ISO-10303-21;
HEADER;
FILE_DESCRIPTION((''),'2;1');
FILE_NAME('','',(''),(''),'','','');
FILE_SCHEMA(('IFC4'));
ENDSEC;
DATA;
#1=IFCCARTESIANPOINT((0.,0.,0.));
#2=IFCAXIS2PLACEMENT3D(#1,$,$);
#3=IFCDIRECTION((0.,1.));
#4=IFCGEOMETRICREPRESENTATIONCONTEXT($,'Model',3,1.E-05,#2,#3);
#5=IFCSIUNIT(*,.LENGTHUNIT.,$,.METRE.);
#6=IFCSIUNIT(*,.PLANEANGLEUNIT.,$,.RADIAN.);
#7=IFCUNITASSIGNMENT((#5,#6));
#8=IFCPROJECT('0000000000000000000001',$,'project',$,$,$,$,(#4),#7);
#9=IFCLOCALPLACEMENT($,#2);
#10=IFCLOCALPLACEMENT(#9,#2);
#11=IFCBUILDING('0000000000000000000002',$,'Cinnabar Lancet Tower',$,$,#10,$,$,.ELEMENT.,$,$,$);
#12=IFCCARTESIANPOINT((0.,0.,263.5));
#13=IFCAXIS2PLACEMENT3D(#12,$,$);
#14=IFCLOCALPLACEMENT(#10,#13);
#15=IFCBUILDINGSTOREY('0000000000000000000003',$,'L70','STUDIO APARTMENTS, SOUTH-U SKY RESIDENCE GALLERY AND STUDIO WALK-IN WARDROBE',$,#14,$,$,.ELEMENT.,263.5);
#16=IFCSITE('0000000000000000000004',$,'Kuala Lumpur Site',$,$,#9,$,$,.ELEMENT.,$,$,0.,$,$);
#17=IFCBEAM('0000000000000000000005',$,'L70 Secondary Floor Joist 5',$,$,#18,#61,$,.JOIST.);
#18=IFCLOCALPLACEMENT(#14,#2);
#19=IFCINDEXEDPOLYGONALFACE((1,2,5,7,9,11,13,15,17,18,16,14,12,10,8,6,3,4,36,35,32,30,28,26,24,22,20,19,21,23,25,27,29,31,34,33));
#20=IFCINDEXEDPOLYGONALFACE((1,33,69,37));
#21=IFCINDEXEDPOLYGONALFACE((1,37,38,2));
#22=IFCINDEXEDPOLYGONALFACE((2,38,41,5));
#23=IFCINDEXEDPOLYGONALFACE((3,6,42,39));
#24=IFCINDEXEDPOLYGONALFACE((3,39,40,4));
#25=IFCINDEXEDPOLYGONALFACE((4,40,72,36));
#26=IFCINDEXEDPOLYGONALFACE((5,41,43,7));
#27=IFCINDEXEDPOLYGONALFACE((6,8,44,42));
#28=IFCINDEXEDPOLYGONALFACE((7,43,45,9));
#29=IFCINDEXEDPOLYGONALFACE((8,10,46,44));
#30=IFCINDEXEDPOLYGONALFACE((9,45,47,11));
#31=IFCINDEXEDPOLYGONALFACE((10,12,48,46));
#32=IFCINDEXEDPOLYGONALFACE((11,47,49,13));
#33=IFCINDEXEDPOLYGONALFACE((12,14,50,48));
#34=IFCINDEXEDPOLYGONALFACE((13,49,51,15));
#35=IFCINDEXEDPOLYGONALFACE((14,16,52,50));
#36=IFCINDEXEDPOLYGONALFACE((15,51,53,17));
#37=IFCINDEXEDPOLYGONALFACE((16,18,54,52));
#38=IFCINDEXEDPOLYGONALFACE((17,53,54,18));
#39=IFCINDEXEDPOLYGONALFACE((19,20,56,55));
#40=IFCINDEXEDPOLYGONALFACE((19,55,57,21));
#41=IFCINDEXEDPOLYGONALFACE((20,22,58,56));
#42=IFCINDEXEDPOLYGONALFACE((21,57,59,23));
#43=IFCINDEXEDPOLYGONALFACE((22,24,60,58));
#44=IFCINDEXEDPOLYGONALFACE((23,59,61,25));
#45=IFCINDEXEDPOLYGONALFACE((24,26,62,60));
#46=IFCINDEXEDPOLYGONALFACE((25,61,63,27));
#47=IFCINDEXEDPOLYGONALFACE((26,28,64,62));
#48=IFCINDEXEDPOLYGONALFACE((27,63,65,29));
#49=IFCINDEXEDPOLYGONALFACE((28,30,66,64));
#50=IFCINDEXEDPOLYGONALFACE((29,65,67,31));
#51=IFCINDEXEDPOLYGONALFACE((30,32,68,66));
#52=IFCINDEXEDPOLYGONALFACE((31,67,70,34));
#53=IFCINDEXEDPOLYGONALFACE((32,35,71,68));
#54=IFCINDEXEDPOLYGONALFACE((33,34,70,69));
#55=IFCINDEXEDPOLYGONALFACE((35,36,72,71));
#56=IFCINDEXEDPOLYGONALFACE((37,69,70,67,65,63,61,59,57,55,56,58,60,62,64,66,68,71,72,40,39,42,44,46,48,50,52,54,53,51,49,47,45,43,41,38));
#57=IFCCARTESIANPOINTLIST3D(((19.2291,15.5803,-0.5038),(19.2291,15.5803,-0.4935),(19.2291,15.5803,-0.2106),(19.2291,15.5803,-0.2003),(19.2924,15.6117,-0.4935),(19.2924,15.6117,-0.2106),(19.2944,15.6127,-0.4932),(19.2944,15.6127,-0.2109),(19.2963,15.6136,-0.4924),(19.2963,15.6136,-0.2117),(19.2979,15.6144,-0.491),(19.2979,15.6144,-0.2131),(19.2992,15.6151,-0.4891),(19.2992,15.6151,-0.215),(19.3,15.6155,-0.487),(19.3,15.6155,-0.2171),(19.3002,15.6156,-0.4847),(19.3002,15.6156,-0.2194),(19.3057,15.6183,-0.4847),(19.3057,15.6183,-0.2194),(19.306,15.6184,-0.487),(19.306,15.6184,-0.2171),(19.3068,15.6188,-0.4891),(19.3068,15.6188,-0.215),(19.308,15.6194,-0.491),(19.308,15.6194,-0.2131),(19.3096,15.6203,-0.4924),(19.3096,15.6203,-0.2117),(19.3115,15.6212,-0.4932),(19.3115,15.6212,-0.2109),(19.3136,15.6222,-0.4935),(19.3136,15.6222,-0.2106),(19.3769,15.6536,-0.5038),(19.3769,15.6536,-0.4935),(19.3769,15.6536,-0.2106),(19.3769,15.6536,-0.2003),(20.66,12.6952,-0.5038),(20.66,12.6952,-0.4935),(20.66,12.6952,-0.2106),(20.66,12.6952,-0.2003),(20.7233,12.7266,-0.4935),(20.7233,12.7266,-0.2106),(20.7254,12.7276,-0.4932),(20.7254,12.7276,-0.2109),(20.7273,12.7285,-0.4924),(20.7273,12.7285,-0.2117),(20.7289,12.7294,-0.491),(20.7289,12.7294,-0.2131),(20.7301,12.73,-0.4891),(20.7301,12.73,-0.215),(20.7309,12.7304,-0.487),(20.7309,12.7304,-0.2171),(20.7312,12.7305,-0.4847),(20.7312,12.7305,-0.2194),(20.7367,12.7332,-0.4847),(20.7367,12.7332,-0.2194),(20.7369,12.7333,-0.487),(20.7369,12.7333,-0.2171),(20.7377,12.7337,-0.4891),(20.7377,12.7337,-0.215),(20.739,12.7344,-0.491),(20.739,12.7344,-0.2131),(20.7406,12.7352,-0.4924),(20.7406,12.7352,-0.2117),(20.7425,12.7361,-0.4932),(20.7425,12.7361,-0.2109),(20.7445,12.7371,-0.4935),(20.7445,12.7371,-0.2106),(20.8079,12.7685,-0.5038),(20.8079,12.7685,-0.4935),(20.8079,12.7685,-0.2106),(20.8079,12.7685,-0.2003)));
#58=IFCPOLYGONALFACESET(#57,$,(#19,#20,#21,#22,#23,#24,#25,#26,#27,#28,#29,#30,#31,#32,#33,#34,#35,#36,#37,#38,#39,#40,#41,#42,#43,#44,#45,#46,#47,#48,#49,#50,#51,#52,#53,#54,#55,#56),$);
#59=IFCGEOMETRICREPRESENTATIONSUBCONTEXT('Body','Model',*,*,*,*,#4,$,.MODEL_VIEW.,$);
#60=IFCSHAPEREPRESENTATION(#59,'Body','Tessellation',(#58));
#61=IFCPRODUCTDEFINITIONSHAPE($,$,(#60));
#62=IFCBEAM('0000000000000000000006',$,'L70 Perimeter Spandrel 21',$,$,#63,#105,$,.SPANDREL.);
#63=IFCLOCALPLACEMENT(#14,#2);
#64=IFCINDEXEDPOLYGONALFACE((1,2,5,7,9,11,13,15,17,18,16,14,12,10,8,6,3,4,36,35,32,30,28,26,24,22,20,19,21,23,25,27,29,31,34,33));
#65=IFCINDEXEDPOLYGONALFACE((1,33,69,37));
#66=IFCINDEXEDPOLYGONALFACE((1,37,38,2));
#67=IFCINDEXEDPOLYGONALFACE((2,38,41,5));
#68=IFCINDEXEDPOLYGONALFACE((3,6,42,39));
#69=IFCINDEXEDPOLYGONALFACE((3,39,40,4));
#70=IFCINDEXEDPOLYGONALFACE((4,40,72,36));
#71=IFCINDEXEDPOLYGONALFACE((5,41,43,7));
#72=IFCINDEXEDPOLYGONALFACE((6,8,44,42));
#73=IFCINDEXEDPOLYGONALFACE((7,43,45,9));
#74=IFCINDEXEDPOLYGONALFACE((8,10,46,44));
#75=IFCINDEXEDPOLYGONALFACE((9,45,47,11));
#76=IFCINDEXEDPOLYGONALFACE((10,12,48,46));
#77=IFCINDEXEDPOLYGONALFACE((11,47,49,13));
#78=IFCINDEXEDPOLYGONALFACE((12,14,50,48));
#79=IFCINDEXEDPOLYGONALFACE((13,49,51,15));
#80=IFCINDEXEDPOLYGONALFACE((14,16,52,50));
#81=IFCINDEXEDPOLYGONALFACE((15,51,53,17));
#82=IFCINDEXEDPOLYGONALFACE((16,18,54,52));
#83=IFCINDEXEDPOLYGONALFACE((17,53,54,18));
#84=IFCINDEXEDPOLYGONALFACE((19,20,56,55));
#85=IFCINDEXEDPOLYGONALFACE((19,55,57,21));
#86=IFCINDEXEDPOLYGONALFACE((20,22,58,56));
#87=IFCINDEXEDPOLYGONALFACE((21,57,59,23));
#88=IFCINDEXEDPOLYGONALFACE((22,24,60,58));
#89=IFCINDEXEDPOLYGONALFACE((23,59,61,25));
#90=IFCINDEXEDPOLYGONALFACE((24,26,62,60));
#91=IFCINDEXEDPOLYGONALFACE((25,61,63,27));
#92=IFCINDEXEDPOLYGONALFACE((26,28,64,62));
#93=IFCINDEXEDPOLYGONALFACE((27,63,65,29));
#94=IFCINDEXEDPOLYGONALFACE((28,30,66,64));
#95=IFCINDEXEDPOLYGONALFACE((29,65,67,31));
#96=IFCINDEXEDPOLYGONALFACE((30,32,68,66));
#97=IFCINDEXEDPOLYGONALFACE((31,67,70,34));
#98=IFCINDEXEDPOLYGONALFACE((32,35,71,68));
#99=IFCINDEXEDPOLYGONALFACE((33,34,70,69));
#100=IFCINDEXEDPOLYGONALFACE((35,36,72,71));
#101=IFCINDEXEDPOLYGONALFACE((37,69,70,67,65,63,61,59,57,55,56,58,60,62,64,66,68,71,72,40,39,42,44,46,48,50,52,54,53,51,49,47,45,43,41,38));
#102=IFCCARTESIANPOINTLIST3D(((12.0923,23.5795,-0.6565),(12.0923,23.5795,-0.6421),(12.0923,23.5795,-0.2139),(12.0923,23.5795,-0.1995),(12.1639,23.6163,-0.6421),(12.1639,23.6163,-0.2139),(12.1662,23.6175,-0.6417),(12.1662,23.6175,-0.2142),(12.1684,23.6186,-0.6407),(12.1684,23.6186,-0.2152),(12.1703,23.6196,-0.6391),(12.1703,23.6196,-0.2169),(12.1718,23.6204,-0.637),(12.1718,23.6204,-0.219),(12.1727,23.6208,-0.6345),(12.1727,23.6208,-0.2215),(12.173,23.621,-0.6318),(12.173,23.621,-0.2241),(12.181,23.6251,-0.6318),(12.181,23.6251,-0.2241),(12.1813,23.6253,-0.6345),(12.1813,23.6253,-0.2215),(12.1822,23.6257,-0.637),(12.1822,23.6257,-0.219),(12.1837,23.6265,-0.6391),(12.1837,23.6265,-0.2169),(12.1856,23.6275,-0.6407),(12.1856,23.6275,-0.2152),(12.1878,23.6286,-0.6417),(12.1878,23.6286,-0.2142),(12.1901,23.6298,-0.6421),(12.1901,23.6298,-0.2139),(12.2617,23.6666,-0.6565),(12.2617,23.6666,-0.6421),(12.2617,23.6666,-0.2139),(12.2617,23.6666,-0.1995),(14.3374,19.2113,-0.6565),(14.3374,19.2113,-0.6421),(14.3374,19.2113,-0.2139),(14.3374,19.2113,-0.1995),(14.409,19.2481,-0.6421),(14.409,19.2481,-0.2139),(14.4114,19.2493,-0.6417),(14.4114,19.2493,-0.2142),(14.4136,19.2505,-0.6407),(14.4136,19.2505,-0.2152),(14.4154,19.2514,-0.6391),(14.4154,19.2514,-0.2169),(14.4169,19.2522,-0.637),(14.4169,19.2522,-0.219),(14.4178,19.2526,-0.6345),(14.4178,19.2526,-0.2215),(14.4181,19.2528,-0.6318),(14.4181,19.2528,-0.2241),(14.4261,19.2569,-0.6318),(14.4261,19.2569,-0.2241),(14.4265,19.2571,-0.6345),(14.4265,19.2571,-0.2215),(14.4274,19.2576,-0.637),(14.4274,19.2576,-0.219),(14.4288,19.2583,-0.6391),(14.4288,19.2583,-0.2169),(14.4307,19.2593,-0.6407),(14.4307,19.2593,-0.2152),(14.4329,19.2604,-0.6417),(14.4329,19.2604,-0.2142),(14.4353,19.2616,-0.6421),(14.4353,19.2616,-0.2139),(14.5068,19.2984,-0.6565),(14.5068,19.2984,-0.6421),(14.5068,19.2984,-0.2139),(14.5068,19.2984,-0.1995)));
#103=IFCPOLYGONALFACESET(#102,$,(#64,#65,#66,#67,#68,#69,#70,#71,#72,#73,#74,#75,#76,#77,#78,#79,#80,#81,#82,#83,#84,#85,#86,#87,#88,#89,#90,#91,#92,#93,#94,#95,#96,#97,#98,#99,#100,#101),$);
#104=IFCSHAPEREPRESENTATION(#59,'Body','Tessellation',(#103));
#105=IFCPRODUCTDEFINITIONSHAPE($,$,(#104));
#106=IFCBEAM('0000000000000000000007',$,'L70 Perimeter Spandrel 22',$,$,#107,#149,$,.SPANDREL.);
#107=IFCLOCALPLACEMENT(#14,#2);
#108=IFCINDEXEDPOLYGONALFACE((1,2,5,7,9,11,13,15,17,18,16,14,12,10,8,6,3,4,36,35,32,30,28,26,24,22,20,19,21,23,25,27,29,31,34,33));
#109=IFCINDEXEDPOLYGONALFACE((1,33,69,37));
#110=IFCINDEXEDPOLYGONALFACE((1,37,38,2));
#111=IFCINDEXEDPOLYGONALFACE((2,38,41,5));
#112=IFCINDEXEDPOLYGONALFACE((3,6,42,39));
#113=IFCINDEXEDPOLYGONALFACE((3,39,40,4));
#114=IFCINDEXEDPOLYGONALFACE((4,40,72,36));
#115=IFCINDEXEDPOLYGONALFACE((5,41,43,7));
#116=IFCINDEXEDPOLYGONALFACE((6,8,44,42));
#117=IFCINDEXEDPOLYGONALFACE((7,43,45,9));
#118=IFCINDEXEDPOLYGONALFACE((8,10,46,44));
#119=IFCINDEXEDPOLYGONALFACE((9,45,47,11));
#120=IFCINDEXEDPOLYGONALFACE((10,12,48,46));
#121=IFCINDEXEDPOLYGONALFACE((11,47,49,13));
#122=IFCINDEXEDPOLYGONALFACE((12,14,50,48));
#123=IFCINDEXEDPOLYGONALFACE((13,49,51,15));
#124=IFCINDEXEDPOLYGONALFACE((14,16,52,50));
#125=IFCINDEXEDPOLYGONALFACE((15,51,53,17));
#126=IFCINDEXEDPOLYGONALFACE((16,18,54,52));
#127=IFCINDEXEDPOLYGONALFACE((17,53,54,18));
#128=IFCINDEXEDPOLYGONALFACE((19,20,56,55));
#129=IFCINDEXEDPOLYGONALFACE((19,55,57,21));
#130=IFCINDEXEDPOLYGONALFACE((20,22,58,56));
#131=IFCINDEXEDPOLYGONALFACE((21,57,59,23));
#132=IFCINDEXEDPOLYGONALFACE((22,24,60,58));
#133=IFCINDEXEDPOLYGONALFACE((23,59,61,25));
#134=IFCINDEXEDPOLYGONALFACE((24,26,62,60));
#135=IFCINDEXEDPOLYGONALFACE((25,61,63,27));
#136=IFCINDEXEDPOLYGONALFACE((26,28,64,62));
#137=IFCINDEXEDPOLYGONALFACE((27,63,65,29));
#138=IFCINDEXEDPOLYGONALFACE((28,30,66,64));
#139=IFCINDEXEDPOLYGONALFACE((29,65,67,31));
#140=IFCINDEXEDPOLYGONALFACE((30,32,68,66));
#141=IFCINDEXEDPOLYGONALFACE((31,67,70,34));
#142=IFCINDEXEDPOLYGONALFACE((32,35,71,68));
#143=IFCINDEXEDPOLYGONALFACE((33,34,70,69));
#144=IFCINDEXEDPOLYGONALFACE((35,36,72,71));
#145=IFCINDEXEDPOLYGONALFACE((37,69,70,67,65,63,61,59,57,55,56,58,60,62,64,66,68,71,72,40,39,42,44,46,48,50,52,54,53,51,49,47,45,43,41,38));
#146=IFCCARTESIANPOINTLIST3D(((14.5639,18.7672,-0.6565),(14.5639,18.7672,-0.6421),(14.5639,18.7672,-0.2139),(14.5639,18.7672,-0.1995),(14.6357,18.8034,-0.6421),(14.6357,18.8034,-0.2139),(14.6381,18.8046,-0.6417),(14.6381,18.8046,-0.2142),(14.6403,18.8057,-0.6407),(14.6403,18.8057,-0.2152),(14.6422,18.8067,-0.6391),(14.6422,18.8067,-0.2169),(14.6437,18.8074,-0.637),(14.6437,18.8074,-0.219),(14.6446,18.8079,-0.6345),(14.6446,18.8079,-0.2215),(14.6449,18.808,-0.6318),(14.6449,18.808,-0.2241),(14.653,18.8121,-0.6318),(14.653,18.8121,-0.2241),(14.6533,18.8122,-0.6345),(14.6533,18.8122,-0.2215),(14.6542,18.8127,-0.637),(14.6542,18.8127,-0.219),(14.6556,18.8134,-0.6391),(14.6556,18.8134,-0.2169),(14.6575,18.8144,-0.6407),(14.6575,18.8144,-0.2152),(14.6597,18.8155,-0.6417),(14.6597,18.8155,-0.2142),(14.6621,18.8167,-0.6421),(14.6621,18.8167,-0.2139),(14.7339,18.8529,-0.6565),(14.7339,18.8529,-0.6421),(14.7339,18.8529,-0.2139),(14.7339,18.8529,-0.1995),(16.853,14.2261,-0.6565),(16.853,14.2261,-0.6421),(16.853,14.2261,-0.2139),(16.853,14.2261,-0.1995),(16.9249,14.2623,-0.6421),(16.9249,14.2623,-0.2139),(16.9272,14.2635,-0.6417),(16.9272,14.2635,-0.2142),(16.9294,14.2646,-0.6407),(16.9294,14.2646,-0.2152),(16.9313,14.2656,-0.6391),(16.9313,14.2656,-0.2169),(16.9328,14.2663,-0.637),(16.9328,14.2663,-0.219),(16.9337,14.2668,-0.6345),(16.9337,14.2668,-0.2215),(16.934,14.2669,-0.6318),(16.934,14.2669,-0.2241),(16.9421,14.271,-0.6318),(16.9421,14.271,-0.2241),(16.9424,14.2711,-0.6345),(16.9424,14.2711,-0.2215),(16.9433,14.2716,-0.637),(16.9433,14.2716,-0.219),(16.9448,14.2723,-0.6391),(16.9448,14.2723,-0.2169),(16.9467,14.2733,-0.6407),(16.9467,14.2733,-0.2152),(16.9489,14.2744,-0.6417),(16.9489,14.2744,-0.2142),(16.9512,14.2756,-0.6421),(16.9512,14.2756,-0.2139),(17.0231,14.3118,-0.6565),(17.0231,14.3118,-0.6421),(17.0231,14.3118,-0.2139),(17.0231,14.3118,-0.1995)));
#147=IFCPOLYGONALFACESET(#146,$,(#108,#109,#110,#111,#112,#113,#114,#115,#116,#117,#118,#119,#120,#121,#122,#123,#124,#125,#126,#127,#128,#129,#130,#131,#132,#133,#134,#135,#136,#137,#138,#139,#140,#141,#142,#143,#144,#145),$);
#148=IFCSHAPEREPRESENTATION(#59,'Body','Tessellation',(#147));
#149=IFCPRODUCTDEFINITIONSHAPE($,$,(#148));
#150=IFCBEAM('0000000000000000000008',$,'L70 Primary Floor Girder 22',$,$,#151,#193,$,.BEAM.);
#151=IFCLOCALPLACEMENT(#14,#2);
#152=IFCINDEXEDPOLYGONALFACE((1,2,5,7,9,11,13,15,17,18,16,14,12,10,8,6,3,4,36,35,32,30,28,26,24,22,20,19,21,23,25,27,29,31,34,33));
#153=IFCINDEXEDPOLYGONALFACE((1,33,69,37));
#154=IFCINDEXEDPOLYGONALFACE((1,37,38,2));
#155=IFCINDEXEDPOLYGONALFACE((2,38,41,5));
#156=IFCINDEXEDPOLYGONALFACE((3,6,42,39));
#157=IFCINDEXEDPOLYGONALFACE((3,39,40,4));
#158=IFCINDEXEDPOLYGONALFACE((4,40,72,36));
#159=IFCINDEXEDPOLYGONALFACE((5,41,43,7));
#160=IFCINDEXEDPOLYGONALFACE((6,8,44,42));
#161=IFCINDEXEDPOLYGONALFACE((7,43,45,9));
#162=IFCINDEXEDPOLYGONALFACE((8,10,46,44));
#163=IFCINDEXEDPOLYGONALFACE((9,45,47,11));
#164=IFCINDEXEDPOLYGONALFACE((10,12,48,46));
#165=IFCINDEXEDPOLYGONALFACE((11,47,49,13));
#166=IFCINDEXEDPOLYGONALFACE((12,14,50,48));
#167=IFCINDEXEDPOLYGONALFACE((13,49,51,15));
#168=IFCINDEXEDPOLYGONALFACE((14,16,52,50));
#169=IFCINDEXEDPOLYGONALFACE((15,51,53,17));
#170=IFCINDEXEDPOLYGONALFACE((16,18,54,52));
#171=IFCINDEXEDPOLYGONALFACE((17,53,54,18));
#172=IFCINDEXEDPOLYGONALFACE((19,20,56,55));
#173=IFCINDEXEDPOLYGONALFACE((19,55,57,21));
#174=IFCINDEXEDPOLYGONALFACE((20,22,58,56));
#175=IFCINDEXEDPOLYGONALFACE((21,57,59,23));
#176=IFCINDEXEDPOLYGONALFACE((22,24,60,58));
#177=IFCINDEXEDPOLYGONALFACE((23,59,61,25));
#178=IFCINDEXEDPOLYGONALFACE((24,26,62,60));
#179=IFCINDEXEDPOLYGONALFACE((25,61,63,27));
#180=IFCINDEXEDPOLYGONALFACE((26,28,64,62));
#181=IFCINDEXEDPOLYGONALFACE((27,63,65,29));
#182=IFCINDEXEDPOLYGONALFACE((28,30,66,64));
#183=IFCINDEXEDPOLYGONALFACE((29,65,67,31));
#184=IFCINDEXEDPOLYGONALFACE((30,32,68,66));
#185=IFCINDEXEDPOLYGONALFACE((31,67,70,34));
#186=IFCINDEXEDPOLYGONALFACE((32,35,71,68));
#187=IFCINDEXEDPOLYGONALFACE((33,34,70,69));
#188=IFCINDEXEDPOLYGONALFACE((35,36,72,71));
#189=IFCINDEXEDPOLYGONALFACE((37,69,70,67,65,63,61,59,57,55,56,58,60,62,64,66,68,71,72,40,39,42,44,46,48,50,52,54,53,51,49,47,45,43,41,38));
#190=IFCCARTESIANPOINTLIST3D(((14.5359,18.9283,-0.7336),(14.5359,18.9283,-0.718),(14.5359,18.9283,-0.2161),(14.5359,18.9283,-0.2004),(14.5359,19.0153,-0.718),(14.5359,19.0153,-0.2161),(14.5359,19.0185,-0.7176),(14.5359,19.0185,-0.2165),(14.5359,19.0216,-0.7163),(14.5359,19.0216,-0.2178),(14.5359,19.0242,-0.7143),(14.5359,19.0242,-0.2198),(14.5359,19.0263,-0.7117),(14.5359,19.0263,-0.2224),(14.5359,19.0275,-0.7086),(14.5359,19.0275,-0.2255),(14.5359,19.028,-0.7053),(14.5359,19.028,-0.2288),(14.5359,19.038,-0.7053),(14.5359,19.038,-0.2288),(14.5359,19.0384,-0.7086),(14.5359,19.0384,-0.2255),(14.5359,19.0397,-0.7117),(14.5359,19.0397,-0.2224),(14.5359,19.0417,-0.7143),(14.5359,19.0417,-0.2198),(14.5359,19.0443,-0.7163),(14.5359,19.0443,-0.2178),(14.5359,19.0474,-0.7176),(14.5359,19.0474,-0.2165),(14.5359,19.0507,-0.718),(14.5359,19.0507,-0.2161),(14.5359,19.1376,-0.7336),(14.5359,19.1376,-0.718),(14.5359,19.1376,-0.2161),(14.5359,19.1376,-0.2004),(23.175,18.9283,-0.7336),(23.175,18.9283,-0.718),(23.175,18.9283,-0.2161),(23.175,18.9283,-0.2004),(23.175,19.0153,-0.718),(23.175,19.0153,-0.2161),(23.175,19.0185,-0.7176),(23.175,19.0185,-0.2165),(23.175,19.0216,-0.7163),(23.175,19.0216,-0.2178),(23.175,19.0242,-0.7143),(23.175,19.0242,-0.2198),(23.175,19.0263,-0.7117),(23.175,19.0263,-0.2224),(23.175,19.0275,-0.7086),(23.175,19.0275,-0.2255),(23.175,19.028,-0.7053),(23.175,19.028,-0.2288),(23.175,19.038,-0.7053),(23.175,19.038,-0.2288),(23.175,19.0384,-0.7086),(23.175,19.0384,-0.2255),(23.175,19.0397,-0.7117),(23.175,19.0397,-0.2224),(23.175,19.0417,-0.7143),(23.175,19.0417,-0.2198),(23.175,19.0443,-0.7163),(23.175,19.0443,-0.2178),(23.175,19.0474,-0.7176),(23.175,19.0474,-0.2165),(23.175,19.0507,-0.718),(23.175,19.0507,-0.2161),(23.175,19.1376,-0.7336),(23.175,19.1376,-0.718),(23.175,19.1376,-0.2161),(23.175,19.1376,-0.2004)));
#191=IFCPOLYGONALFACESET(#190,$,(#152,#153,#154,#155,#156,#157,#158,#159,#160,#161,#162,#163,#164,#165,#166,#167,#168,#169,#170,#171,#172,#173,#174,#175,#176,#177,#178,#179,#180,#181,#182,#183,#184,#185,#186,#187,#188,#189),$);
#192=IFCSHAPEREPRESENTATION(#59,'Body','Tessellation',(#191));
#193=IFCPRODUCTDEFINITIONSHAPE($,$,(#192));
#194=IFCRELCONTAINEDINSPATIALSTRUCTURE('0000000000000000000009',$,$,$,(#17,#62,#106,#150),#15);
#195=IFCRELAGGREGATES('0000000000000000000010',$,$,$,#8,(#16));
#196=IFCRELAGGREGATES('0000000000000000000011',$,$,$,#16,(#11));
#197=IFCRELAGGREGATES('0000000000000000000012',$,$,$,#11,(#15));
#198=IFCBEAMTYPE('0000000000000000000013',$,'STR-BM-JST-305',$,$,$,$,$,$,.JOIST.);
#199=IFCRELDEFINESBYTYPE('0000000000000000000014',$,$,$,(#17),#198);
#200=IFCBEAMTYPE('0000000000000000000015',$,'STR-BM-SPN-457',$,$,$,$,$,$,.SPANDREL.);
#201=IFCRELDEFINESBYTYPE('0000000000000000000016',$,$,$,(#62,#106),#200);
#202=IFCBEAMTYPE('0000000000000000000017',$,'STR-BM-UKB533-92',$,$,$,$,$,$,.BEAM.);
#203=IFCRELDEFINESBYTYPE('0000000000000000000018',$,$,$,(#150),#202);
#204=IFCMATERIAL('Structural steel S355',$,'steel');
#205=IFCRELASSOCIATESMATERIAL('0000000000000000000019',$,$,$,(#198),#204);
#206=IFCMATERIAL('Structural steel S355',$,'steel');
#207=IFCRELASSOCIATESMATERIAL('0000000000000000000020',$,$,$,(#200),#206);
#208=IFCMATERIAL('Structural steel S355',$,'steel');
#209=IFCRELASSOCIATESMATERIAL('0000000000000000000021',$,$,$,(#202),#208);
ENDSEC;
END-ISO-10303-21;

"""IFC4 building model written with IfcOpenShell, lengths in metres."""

from ifc_helpers import new_model, si_unit, direction, frame, origin, origin_2d, place, context, subcontext, project, spatial, i_section, extrude, material, material_profile, profile_set, type_object, element, save


model = new_model("IFC4")

# Units and contexts
model_context = context("Model", 3, precision=1e-05, world=origin(), true_north=direction((0.0, 1.0)))
body_context = subcontext(model_context, "Body", "Model", "MODEL_VIEW")
ifc_project = project(units=[si_unit("LENGTHUNIT", "METRE"), si_unit("PLANEANGLEUNIT", "RADIAN")], contexts=[model_context])

# Site, building, storey
site_placement = place(None, origin())
site = spatial("IfcSite", under=ifc_project, at=site_placement, Name="Kuala Lumpur Site", CompositionType="ELEMENT", RefElevation=0.0)
building_placement = place(site_placement, origin())
building = spatial("IfcBuilding", under=site, at=building_placement, Name="Cinnabar Lancet Tower", CompositionType="ELEMENT")
storey_placement = place(building_placement, frame((0.0, 0.0, 263.5)))
storey = spatial("IfcBuildingStorey", under=building, at=storey_placement, Name="L70", Description="STUDIO APARTMENTS, SOUTH-U SKY RESIDENCE GALLERY AND STUDIO WALK-IN WARDROBE", CompositionType="ELEMENT", Elevation=263.5)

# Beams
ifc_material_1 = material(Name="Structural steel S355", Category="steel")
ifc_material_profile_1 = material_profile(ifc_material_1, i_section(OverallWidth=0.165, OverallDepth=0.3035, WebThickness=0.0061, FlangeThickness=0.0103, FilletRadius=0.0088, at=origin_2d()), Name="UKB 305x165x40")
ifc_profile_set_1 = profile_set([ifc_material_profile_1], Name="Structural steel S355")
beam_type_1 = type_object("IfcBeamType", Name="STR-BM-JST-305", PredefinedType="JOIST", material=ifc_profile_set_1)
beam_1_placement = place(storey_placement, frame((19.303, 15.6169, -0.3521), z_axis=(0.44433, -0.895863, 0.0), x_axis=(0.895863, 0.44433, 0.0)))
element("IfcBeam", 1, at=beam_1_placement, inside=storey, type_object=beam_type_1, Name="L70 Secondary Floor Joist 5", PredefinedType="JOIST", context=body_context, shape_type="SweptSolid", body=[
    extrude(i_section(OverallWidth=0.165, OverallDepth=0.3035, WebThickness=0.0061, FlangeThickness=0.0103, FilletRadius=0.0088, at=origin_2d()), origin(), (0.0, 0.0, 1.0), 3.2205),
])
ifc_material_2 = material(Name="Structural steel S355", Category="steel")
ifc_material_profile_2 = material_profile(ifc_material_2, i_section(OverallWidth=0.1904, OverallDepth=0.457, WebThickness=0.009, FlangeThickness=0.0144, FilletRadius=0.0103, at=origin_2d()), Name="UKB 457x191x74")
ifc_profile_set_2 = profile_set([ifc_material_profile_2], Name="Structural steel S355")
beam_type_2 = type_object("IfcBeamType", Name="STR-BM-SPN-457", PredefinedType="SPANDREL", material=ifc_profile_set_2)
beam_2_placement = place(storey_placement, frame((12.177, 23.623, -0.428), z_axis=(0.457128, -0.889401, 0.0), x_axis=(0.889401, 0.457128, 0.0)))
element("IfcBeam", 2, at=beam_2_placement, inside=storey, type_object=beam_type_2, Name="L70 Perimeter Spandrel 21", PredefinedType="SPANDREL", context=body_context, shape_type="SweptSolid", body=[
    extrude(i_section(OverallWidth=0.1904, OverallDepth=0.457, WebThickness=0.009, FlangeThickness=0.0144, FilletRadius=0.0103, at=origin_2d()), origin(), (0.0, 0.0, 1.0), 4.9114),
])
beam_3_placement = place(storey_placement, frame((14.6489, 18.8101, -0.428), z_axis=(0.45013, -0.892963, 0.0), x_axis=(0.892963, 0.45013, 0.0)))
element("IfcBeam", 3, at=beam_3_placement, inside=storey, type_object=beam_type_2, Name="L70 Perimeter Spandrel 22", PredefinedType="SPANDREL", context=body_context, shape_type="SweptSolid", body=[
    extrude(i_section(OverallWidth=0.1904, OverallDepth=0.457, WebThickness=0.009, FlangeThickness=0.0144, FilletRadius=0.0103, at=origin_2d()), origin(), (0.0, 0.0, 1.0), 5.0854),
])
ifc_material_3 = material(Name="Structural steel S355", Category="steel")
ifc_material_profile_3 = material_profile(ifc_material_3, i_section(OverallWidth=0.2092, OverallDepth=0.5332, WebThickness=0.01, FlangeThickness=0.0156, FilletRadius=0.0127, at=origin_2d()), Name="UKB 533x210x92")
ifc_profile_set_3 = profile_set([ifc_material_profile_3], Name="Structural steel S355")
beam_type_3 = type_object("IfcBeamType", Name="STR-BM-UKB533-92", PredefinedType="BEAM", material=ifc_profile_set_3)
beam_4_placement = place(storey_placement, frame((14.5359, 19.033, -0.467), z_axis=(1.0, 0.0, 0.0), x_axis=(0.0, 1.0, 0.0)))
element("IfcBeam", 4, at=beam_4_placement, inside=storey, type_object=beam_type_3, Name="L70 Primary Floor Girder 22", PredefinedType="BEAM", context=body_context, shape_type="SweptSolid", body=[
    extrude(i_section(OverallWidth=0.2092, OverallDepth=0.5332, WebThickness=0.01, FlangeThickness=0.0156, FilletRadius=0.0127, at=origin_2d()), origin(), (0.0, 0.0, 1.0), 8.6392),
])

save(model, "model.ifc")
